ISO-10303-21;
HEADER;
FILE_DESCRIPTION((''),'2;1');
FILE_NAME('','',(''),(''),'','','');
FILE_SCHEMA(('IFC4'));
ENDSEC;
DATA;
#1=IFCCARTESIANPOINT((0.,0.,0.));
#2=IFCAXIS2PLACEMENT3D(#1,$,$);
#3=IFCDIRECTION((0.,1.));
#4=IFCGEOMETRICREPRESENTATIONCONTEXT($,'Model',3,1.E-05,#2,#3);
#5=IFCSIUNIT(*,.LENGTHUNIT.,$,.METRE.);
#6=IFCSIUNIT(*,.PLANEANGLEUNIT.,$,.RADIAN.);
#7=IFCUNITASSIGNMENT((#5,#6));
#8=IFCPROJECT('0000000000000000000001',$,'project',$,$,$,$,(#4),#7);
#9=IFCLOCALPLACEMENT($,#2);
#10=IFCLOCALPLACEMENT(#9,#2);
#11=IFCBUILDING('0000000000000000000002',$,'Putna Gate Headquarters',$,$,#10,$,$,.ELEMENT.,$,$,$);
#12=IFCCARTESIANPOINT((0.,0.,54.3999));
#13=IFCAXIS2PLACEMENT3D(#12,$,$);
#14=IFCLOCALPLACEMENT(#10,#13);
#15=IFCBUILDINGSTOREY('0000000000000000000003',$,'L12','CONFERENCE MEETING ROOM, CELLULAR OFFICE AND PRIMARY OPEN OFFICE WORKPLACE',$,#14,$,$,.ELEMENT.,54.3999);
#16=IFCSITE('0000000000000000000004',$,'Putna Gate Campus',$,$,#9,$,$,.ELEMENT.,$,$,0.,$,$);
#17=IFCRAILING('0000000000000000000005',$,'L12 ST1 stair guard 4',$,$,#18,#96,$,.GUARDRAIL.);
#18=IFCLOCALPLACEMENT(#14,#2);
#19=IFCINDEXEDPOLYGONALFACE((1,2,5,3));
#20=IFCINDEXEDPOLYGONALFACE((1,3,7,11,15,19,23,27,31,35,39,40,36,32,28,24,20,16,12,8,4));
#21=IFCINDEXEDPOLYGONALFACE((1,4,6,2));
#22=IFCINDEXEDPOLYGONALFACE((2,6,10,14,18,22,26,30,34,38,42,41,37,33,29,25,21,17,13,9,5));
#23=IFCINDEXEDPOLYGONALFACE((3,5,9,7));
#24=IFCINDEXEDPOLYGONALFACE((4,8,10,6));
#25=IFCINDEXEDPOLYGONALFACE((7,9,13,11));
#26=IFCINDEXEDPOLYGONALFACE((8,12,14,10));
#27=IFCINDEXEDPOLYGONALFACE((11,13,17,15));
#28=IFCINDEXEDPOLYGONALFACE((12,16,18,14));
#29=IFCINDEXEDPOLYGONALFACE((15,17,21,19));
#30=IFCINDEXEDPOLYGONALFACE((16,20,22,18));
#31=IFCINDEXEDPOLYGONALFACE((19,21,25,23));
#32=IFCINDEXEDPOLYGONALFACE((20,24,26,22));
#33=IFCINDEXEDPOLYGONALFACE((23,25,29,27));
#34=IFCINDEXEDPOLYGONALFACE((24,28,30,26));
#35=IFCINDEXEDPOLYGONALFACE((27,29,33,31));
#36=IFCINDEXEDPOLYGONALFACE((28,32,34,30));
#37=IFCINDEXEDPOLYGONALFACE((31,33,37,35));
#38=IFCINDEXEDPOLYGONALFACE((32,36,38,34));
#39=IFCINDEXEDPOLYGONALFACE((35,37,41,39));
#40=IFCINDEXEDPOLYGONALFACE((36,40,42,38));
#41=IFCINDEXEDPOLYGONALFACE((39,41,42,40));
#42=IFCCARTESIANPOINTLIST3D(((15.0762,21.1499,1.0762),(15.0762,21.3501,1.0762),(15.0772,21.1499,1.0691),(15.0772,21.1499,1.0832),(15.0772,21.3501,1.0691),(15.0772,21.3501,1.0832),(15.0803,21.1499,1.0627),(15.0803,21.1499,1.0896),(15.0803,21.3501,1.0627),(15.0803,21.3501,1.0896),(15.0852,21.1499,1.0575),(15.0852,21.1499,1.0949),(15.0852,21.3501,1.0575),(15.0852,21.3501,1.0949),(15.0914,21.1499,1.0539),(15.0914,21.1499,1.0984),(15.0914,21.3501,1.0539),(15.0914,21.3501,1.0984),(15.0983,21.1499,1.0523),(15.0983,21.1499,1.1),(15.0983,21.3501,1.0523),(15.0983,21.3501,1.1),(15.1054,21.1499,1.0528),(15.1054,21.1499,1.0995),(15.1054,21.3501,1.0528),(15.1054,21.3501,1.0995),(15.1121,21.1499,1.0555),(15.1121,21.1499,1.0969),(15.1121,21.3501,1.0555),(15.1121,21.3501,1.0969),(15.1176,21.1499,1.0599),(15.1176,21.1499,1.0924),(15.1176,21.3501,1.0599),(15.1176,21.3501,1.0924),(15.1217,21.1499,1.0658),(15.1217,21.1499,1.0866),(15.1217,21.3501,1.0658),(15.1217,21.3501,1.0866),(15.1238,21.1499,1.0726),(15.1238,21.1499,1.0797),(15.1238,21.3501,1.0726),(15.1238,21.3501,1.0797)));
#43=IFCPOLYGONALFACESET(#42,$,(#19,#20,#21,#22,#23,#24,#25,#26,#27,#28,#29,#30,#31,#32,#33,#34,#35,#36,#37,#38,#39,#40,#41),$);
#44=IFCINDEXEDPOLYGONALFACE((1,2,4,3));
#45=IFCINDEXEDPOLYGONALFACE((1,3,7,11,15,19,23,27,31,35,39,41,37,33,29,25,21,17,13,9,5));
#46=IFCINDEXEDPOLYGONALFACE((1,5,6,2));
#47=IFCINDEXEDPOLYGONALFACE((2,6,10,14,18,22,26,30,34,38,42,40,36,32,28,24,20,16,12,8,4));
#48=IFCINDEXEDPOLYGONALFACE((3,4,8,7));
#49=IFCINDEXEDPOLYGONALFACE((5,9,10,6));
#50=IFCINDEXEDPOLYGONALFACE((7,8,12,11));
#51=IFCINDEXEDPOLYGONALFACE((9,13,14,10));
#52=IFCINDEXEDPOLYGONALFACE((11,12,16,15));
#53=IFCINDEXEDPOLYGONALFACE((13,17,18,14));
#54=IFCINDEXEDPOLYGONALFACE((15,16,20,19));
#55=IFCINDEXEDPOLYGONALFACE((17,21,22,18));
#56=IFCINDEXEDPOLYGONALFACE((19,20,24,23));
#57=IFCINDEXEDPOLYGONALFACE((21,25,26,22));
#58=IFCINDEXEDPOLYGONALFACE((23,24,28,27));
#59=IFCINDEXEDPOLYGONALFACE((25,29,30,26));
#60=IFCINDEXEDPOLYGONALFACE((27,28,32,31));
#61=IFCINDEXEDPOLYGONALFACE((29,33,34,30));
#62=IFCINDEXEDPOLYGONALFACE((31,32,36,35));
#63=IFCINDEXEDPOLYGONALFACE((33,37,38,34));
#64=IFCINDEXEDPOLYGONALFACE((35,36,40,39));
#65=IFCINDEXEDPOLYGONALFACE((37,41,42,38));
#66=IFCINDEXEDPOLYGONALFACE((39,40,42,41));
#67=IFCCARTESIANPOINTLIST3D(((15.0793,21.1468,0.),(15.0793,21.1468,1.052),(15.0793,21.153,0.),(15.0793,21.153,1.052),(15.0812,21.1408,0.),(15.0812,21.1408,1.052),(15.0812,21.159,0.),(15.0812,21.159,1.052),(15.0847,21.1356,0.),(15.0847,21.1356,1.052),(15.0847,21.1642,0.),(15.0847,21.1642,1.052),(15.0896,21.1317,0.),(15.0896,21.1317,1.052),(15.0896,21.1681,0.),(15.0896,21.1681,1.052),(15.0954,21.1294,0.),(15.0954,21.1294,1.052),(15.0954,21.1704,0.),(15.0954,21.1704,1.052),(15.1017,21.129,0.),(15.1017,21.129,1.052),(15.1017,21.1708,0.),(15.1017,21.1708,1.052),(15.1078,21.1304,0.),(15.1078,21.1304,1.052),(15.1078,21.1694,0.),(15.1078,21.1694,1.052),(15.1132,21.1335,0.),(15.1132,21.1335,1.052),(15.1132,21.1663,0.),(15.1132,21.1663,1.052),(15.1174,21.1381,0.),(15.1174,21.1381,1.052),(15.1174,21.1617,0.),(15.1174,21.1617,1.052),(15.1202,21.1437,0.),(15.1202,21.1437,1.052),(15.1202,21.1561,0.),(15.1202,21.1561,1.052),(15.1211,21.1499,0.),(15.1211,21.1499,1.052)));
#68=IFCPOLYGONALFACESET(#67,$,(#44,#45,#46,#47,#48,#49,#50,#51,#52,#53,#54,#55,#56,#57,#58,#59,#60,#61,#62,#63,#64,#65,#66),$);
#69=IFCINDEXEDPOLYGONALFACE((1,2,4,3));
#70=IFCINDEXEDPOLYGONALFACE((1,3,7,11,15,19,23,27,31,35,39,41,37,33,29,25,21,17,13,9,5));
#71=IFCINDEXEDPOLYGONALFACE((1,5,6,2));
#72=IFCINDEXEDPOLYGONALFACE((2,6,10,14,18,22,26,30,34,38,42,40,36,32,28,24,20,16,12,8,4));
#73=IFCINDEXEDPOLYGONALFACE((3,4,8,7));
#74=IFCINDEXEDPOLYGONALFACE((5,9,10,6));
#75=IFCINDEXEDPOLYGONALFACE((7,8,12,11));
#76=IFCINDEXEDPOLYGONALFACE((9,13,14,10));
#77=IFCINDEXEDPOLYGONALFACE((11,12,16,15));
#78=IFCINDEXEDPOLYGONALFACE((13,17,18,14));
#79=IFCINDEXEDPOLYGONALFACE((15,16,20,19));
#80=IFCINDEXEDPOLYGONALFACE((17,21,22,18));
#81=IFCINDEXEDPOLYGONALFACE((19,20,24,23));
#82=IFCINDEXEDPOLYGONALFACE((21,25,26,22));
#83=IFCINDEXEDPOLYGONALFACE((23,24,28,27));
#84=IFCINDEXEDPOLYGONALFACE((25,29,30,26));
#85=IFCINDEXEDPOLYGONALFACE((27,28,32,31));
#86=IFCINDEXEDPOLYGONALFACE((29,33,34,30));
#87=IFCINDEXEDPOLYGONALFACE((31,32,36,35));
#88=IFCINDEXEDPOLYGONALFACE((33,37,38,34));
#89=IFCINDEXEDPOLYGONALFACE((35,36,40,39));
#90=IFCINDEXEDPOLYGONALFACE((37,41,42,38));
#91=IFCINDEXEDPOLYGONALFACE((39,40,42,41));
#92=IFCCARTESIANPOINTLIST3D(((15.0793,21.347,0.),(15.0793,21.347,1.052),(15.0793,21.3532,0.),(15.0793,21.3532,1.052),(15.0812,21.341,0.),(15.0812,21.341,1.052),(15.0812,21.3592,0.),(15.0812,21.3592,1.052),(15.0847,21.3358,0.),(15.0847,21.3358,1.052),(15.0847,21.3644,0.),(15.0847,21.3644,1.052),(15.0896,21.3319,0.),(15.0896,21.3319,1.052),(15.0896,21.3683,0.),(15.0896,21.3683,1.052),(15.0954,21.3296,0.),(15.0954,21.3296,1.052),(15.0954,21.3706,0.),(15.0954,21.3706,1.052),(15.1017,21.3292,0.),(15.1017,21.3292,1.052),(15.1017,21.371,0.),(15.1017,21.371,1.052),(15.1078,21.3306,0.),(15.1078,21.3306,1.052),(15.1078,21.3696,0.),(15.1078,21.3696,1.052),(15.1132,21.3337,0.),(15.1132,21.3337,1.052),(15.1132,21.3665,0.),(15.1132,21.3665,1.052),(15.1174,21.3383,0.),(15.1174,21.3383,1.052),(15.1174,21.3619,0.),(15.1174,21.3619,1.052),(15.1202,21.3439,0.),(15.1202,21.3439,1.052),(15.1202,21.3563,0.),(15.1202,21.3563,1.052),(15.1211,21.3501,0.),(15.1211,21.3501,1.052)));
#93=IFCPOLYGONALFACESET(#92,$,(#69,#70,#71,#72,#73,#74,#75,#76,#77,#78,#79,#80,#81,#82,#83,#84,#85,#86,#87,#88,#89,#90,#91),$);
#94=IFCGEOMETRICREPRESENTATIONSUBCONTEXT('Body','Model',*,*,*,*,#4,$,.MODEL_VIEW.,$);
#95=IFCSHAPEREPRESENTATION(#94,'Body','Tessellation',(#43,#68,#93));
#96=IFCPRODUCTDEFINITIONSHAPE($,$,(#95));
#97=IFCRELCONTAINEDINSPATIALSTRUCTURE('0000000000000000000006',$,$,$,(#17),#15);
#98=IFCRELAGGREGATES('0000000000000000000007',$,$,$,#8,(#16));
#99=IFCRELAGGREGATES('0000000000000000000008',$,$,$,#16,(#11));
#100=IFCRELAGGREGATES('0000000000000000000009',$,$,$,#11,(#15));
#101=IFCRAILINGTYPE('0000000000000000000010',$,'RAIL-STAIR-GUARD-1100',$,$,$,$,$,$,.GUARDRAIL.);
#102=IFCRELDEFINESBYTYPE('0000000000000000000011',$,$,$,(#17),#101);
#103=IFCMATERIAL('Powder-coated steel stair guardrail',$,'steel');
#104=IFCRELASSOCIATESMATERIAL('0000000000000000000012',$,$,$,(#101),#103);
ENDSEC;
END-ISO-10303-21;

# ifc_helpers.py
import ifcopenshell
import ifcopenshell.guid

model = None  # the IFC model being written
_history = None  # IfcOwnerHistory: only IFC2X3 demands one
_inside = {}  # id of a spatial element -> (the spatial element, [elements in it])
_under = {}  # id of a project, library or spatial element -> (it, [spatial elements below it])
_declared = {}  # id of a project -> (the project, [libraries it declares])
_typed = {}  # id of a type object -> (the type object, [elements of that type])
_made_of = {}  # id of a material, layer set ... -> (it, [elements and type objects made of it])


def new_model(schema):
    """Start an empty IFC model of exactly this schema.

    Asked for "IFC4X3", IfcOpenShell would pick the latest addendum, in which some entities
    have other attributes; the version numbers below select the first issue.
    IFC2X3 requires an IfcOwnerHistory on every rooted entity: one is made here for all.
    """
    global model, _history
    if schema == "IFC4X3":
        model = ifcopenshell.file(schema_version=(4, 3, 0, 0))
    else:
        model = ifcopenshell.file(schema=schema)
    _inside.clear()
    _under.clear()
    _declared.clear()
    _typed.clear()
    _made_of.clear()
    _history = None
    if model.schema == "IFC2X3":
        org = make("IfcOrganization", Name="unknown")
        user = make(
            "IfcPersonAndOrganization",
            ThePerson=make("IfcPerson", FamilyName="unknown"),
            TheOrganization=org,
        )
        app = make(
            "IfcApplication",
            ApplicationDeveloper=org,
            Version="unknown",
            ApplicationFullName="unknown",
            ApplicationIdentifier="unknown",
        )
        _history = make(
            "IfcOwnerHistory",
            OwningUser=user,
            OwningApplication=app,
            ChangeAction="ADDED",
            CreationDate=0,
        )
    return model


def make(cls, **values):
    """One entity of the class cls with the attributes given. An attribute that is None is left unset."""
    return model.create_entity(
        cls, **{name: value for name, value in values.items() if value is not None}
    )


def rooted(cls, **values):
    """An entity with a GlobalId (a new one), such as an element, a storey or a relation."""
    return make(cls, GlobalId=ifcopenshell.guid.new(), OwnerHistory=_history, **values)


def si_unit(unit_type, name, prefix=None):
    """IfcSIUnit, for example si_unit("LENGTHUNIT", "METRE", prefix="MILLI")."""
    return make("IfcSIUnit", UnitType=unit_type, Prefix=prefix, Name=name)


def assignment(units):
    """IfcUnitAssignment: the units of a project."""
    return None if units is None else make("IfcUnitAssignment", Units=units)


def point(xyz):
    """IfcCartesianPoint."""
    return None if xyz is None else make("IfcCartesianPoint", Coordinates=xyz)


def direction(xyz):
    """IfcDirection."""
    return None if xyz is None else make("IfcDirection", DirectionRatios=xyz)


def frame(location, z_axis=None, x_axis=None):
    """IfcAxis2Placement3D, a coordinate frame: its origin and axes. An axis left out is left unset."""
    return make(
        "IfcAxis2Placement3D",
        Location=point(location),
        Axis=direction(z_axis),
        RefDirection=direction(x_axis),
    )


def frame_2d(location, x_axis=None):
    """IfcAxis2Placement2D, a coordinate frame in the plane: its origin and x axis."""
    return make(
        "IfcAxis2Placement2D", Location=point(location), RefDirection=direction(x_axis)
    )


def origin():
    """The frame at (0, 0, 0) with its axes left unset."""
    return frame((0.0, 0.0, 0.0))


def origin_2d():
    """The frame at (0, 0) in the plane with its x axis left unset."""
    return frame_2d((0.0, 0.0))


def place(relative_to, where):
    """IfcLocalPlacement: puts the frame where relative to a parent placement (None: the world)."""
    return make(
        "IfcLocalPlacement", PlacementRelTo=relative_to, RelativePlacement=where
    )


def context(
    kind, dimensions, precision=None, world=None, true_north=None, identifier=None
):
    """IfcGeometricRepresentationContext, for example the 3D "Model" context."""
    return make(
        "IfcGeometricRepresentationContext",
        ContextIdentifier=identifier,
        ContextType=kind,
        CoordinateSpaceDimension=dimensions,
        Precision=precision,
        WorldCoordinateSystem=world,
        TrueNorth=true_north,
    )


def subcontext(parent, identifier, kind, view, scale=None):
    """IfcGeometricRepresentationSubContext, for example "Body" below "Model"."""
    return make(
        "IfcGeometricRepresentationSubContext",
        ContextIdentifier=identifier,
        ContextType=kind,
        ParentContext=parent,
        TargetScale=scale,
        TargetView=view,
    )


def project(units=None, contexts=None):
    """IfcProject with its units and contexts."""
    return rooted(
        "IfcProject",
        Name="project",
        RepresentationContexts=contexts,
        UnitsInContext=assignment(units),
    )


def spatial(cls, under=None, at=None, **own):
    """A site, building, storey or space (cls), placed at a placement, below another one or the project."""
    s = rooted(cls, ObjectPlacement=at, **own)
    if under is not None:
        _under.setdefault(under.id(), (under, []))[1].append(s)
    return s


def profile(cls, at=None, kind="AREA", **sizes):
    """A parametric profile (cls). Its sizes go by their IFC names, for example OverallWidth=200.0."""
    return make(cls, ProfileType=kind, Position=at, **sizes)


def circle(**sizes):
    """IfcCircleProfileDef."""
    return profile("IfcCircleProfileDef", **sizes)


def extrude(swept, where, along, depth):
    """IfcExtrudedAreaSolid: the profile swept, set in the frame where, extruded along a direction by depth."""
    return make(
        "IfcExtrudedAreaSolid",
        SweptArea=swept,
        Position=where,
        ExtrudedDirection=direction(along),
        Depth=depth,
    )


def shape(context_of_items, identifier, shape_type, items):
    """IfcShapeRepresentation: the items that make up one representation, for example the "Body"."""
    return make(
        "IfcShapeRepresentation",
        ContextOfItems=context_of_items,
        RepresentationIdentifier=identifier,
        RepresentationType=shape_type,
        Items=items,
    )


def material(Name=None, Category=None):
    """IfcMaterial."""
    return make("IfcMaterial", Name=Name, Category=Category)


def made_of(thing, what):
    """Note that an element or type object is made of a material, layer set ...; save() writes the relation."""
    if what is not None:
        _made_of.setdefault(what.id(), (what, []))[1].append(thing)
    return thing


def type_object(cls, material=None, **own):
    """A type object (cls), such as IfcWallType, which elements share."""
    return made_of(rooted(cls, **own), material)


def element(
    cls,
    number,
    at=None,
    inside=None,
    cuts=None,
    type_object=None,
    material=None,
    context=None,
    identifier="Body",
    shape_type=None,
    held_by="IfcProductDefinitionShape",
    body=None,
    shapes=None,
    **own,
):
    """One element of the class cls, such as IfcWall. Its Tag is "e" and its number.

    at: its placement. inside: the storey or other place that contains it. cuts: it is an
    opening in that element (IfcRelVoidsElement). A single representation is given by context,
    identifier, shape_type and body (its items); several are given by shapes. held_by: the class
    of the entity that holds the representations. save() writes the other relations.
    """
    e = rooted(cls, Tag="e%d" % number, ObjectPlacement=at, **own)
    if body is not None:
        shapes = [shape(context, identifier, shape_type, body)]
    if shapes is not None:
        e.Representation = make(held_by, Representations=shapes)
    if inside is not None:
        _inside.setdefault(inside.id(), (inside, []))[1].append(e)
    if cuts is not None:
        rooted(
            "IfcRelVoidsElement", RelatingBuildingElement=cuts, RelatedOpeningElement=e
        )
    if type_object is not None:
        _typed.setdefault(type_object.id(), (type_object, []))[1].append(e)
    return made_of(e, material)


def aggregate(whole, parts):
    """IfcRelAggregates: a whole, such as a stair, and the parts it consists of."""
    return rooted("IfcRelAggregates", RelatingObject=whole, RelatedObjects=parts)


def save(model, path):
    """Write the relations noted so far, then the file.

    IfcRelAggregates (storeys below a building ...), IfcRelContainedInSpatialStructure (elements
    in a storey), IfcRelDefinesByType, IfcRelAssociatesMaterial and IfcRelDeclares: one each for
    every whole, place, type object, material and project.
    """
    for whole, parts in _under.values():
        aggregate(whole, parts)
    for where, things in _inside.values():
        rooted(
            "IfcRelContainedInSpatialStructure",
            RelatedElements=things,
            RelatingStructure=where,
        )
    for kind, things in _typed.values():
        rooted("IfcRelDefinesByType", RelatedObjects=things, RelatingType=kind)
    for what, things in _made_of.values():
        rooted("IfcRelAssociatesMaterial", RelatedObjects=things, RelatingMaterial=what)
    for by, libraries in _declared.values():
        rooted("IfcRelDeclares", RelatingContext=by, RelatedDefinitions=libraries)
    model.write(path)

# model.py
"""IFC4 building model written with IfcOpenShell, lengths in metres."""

from ifc_helpers import new_model, si_unit, direction, frame, origin, origin_2d, place, context, subcontext, project, spatial, circle, extrude, material, type_object, element, save


model = new_model("IFC4")

# Units and contexts
model_context = context("Model", 3, precision=1e-05, world=origin(), true_north=direction((0.0, 1.0)))
body_context = subcontext(model_context, "Body", "Model", "MODEL_VIEW")
ifc_project = project(units=[si_unit("LENGTHUNIT", "METRE"), si_unit("PLANEANGLEUNIT", "RADIAN")], contexts=[model_context])

# Site, building, storey
site_placement = place(None, origin())
site = spatial("IfcSite", under=ifc_project, at=site_placement, Name="Putna Gate Campus", CompositionType="ELEMENT", RefElevation=0.0)
building_placement = place(site_placement, origin())
building = spatial("IfcBuilding", under=site, at=building_placement, Name="Putna Gate Headquarters", CompositionType="ELEMENT")
storey_placement = place(building_placement, frame((0.0, 0.0, 54.3999)))
storey = spatial("IfcBuildingStorey", under=building, at=storey_placement, Name="L12", Description="CONFERENCE MEETING ROOM, CELLULAR OFFICE AND PRIMARY OPEN OFFICE WORKPLACE", CompositionType="ELEMENT", Elevation=54.3999)

# Railing
ifc_material_1 = material(Name="Powder-coated steel stair guardrail", Category="steel")
railing_type_1 = type_object("IfcRailingType", Name="RAIL-STAIR-GUARD-1100", PredefinedType="GUARDRAIL", material=ifc_material_1)
railing_1_placement = place(storey_placement, frame((15.1001, 21.1499, 0.0)))
element("IfcRailing", 1, at=railing_1_placement, inside=storey, type_object=railing_type_1, Name="L12 ST1 stair guard 4", PredefinedType="GUARDRAIL", context=body_context, shape_type="SweptSolid", body=[
    extrude(circle(Radius=0.0239, at=origin_2d()), frame((0.0, 0.0, 1.0762), z_axis=(0.0, 1.0, 0.0), x_axis=(-1.0, 0.0, 0.0)), (0.0, 0.0, 1.0), 0.2002),
    extrude(circle(Radius=0.021, at=origin_2d()), origin(), (0.0, 0.0, 1.0), 1.052),
    extrude(circle(Radius=0.021, at=origin_2d()), frame((0.0, 0.2002, 0.0)), (0.0, 0.0, 1.0), 1.052),
])

save(model, "model.ifc")
